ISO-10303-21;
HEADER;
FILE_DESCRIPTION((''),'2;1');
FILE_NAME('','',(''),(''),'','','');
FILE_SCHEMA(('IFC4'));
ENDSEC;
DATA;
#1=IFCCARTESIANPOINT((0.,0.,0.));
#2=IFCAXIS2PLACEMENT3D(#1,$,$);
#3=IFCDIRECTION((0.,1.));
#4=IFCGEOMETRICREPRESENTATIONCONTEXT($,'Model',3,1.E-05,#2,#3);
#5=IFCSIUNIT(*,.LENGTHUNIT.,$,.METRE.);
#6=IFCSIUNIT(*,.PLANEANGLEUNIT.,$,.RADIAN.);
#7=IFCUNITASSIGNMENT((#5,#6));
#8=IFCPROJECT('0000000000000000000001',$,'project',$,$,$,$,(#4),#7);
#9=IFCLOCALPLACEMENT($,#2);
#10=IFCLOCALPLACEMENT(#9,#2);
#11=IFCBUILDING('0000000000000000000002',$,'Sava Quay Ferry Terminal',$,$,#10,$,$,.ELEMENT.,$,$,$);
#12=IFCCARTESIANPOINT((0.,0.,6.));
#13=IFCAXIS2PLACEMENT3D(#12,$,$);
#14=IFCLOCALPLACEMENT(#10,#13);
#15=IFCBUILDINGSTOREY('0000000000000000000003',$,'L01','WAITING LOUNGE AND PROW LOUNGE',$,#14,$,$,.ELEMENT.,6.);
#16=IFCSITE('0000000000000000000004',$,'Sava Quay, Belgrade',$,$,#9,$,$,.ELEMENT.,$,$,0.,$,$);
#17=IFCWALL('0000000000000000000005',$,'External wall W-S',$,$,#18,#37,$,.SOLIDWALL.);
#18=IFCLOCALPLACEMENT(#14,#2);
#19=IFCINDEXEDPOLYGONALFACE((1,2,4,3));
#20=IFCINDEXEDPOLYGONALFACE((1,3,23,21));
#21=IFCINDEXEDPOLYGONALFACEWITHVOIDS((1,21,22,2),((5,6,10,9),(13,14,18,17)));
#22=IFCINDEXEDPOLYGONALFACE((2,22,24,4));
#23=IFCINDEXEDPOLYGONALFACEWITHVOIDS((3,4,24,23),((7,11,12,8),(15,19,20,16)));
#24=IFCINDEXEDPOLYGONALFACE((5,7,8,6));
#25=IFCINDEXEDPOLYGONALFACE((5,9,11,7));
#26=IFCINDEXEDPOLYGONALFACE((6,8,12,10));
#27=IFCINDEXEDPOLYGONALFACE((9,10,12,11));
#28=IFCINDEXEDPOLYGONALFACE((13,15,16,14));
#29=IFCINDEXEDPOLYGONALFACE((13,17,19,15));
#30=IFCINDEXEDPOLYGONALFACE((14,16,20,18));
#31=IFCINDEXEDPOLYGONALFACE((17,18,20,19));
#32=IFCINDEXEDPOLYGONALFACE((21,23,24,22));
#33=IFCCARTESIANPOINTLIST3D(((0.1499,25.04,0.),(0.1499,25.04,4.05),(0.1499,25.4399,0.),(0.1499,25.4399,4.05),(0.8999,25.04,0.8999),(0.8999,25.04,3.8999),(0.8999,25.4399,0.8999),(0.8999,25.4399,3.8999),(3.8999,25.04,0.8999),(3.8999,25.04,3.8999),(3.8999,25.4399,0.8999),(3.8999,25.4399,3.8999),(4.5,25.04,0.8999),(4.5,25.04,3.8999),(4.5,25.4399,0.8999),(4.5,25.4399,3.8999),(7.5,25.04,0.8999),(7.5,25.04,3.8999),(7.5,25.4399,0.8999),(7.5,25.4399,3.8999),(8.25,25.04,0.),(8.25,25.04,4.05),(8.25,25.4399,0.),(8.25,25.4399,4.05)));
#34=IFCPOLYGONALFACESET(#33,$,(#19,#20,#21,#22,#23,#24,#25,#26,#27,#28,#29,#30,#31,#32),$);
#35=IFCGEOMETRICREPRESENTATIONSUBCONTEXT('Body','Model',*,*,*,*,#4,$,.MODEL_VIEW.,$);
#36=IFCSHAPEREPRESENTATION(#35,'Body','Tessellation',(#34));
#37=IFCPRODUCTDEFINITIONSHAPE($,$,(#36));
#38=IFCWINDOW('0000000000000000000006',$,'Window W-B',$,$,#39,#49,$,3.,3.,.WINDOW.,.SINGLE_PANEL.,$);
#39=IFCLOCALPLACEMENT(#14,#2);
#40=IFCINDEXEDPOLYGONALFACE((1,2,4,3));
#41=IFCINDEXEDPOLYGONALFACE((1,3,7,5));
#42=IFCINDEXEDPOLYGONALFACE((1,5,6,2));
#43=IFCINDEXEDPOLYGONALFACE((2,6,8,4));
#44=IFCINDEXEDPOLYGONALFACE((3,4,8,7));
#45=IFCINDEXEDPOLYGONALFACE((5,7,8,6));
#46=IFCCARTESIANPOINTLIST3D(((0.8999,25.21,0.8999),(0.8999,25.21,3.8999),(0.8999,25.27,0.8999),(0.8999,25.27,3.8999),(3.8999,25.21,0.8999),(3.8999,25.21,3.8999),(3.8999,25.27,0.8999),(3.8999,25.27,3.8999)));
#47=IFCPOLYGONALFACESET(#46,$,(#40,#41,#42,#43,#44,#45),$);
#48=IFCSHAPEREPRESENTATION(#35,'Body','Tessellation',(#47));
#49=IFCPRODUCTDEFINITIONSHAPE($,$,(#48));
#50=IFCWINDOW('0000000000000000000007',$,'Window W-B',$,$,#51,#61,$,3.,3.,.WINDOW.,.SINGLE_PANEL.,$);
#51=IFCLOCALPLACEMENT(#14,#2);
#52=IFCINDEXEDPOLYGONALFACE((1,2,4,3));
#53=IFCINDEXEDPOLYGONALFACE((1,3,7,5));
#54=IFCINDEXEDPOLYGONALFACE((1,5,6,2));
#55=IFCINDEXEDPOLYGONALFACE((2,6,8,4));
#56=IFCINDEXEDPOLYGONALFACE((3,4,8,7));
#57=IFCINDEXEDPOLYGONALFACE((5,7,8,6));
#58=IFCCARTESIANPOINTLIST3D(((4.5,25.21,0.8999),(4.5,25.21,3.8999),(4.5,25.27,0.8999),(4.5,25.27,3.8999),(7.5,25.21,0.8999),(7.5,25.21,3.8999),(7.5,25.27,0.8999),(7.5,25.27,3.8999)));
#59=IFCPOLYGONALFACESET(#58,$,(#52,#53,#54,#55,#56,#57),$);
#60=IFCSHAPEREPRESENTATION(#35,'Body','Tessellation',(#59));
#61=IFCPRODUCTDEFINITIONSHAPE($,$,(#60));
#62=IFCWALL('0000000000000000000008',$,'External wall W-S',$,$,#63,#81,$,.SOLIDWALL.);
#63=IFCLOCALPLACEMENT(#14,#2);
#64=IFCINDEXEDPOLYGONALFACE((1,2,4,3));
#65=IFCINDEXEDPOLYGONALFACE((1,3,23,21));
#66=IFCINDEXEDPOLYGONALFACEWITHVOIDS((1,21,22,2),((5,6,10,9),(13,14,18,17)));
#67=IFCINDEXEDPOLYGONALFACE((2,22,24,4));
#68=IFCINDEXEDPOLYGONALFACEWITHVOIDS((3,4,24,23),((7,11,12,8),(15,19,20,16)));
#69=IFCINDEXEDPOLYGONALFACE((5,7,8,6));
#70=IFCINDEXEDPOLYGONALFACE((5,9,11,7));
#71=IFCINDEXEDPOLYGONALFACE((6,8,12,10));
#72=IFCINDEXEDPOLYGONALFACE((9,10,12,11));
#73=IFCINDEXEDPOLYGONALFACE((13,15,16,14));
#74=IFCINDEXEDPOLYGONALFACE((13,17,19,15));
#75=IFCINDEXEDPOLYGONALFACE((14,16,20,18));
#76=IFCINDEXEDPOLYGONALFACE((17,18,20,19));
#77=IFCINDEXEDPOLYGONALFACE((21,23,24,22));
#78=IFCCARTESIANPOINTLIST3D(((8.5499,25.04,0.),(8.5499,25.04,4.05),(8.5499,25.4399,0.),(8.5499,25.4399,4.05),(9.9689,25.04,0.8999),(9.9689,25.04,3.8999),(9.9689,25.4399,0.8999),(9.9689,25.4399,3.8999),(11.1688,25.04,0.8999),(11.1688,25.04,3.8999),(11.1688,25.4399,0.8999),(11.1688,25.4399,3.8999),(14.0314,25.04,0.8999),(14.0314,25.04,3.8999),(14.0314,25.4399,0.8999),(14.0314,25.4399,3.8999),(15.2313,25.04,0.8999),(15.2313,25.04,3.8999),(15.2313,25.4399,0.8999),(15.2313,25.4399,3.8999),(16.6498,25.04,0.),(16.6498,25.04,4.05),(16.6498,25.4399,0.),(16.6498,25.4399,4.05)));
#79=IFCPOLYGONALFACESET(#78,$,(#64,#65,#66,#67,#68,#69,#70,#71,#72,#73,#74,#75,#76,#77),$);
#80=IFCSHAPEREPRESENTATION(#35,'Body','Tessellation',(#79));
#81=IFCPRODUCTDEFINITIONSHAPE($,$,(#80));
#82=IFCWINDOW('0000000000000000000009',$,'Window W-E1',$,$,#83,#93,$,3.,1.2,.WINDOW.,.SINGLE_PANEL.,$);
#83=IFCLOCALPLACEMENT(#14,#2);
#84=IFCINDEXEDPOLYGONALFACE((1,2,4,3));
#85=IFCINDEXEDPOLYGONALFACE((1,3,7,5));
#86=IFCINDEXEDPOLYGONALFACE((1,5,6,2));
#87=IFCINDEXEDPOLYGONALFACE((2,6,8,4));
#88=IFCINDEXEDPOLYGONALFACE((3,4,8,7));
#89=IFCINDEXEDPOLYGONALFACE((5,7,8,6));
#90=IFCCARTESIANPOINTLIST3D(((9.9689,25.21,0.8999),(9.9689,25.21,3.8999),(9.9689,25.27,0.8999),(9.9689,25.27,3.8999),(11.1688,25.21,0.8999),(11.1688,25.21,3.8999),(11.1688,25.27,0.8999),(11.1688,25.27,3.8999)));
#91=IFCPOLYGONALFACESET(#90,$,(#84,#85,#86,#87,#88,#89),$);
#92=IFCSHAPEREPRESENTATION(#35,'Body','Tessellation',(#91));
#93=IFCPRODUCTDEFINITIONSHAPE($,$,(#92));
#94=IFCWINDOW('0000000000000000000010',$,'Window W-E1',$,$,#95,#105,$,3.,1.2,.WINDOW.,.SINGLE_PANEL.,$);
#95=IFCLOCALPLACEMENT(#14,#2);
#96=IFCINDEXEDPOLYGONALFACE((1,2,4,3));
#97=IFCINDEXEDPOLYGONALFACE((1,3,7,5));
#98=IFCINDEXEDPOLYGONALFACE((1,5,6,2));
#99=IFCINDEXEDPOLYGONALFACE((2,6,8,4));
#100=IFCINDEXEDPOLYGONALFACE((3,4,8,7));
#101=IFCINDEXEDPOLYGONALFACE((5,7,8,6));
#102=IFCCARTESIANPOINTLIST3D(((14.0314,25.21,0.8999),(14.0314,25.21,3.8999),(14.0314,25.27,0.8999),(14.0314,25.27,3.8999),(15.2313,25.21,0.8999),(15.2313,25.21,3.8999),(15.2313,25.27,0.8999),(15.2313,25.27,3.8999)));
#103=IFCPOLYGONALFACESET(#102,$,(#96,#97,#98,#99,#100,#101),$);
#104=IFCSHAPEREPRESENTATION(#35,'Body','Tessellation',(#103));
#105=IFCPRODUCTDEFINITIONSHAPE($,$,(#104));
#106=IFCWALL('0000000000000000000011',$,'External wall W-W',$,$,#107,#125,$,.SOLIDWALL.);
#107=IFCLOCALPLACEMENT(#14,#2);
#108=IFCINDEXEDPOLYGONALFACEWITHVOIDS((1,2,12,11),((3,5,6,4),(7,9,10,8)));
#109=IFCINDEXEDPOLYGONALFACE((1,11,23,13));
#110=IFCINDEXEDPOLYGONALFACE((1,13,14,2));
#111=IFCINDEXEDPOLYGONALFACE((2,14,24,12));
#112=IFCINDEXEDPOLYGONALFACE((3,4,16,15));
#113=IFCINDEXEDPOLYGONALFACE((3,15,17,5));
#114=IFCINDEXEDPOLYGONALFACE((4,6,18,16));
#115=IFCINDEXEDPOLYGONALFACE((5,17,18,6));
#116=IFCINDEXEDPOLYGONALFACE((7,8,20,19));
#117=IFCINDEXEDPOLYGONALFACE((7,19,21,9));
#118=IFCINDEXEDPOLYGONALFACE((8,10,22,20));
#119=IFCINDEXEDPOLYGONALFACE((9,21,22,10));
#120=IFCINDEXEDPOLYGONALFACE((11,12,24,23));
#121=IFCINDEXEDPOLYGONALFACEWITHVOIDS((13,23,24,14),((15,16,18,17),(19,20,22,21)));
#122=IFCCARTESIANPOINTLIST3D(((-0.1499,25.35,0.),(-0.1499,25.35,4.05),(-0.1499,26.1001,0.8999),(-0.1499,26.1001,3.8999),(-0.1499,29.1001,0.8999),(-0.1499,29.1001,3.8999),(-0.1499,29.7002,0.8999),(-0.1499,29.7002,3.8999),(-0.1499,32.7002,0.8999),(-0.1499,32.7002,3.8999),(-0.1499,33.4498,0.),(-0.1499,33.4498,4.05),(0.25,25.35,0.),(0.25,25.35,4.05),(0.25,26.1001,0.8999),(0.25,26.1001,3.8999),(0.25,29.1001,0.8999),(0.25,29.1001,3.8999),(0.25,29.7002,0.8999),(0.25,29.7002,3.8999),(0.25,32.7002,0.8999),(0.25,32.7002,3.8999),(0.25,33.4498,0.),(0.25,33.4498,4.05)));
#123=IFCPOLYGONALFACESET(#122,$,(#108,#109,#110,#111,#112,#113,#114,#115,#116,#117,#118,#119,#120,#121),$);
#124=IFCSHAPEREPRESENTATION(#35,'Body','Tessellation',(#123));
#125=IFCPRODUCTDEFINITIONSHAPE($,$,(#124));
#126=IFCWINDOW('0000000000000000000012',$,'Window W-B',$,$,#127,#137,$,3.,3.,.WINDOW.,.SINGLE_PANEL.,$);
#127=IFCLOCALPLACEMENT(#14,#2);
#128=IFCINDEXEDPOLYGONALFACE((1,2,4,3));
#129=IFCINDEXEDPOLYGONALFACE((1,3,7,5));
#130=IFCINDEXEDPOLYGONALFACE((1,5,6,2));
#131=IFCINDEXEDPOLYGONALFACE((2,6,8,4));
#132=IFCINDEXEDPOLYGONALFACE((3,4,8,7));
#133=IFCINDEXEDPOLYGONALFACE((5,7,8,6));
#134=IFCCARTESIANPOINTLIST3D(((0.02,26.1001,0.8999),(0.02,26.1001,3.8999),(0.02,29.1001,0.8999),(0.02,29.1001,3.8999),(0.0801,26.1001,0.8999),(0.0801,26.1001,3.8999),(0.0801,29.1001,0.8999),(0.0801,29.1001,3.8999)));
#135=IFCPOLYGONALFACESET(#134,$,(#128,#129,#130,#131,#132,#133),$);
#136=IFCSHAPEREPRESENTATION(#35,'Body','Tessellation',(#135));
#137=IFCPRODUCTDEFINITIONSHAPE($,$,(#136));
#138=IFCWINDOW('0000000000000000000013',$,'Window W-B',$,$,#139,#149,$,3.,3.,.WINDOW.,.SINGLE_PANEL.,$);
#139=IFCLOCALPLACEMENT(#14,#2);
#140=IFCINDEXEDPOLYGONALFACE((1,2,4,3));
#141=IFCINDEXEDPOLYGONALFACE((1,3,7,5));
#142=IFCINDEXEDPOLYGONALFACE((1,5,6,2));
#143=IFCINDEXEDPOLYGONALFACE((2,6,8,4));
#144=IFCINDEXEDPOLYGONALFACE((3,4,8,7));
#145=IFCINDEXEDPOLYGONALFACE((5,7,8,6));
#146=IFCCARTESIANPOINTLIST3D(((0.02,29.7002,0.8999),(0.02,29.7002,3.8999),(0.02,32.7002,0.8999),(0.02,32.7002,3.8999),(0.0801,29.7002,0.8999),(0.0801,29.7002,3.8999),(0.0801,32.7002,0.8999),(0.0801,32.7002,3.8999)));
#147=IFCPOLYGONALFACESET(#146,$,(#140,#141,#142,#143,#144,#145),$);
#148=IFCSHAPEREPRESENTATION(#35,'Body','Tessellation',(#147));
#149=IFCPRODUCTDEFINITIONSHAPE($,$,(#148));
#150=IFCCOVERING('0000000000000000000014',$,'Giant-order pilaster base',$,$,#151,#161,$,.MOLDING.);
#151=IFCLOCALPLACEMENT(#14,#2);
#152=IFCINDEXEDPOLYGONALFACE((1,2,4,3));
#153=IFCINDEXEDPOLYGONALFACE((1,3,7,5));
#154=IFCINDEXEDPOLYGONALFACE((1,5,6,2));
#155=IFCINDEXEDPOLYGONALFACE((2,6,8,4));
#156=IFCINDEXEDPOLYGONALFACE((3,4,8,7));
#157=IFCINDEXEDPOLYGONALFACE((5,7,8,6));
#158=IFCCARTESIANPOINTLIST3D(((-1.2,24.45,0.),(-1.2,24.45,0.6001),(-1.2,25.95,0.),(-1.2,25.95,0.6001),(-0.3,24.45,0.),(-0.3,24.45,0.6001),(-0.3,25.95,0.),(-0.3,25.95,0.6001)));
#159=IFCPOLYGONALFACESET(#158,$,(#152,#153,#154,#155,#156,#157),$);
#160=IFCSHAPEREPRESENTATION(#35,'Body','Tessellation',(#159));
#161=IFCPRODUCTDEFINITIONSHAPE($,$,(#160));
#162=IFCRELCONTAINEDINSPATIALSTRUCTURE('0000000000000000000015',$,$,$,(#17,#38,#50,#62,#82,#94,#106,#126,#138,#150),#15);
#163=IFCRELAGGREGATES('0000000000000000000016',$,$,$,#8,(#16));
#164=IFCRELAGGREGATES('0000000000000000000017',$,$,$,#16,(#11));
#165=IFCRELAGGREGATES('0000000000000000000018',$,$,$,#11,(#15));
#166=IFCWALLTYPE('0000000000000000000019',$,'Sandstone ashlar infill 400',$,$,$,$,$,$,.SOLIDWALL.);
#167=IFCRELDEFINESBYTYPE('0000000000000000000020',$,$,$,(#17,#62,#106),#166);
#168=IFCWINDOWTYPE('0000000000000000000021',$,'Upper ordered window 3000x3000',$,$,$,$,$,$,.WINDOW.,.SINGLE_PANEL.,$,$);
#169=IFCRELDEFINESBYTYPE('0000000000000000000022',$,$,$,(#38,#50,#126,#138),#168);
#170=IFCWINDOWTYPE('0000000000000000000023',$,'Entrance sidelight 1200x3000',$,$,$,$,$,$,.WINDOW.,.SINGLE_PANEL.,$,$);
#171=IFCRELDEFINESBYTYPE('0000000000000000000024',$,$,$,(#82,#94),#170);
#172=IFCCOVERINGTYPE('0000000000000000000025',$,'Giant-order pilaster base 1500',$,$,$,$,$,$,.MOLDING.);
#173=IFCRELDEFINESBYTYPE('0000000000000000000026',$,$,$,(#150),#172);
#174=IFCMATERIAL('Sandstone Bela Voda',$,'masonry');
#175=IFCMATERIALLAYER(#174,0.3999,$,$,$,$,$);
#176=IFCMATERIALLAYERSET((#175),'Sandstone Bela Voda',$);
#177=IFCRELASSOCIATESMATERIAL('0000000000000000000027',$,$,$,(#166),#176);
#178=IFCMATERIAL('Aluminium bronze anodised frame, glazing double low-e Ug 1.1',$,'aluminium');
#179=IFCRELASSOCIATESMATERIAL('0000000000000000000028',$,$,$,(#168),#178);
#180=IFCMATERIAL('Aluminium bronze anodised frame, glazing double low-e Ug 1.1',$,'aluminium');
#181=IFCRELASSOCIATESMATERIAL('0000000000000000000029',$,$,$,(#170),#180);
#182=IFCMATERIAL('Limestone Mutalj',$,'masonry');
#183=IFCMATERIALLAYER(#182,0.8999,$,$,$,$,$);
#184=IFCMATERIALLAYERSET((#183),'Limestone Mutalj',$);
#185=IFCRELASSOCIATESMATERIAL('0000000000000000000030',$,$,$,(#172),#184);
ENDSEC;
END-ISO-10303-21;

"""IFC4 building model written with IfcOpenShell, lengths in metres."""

from ifc_helpers import new_model, si_unit, direction, frame, frame_2d, origin, origin_2d, place, context, subcontext, project, spatial, rectangle, extrude, material, layer, layer_set, type_object, element, fill, save


model = new_model("IFC4")

# Units and contexts
model_context = context("Model", 3, precision=1e-05, world=origin(), true_north=direction((0.0, 1.0)))
body_context = subcontext(model_context, "Body", "Model", "MODEL_VIEW")
ifc_project = project(units=[si_unit("LENGTHUNIT", "METRE"), si_unit("PLANEANGLEUNIT", "RADIAN")], contexts=[model_context])

# Site, building, storey
site_placement = place(None, origin())
site = spatial("IfcSite", under=ifc_project, at=site_placement, Name="Sava Quay, Belgrade", CompositionType="ELEMENT", RefElevation=0.0)
building_placement = place(site_placement, origin())
building = spatial("IfcBuilding", under=site, at=building_placement, Name="Sava Quay Ferry Terminal", CompositionType="ELEMENT")
storey_placement = place(building_placement, frame((0.0, 0.0, 6.0)))
storey = spatial("IfcBuildingStorey", under=building, at=storey_placement, Name="L01", Description="WAITING LOUNGE AND PROW LOUNGE", CompositionType="ELEMENT", Elevation=6.0)

# Walls, openings, windows
ifc_material_1 = material(Name="Sandstone Bela Voda", Category="masonry")
ifc_layer_1 = layer(ifc_material_1, 0.3999)
ifc_layer_set_1 = layer_set([ifc_layer_1], Name="Sandstone Bela Voda")
wall_type_1 = type_object("IfcWallType", Name="Sandstone ashlar infill 400", PredefinedType="SOLIDWALL", material=ifc_layer_set_1)
wall_1_placement = place(storey_placement, frame((0.1499, 25.24, 0.0), z_axis=(0.0, 0.0, 1.0), x_axis=(1.0, 0.0, 0.0)))
wall_1 = element("IfcWall", 1, at=wall_1_placement, inside=storey, type_object=wall_type_1, Name="External wall W-S", PredefinedType="SOLIDWALL", context=body_context, shape_type="SweptSolid", body=[
    extrude(rectangle(XDim=8.1001, YDim=0.3999, at=frame_2d((4.05, 0.0))), origin(), (0.0, 0.0, 1.0), 4.05),
])
opening_1_placement = place(wall_1_placement, frame((0.75, 0.0, 0.8999)))
opening_1 = element("IfcOpeningElement", 2, at=opening_1_placement, cuts=wall_1, PredefinedType="OPENING", context=body_context, shape_type="SweptSolid", body=[
    extrude(rectangle(XDim=3.0, YDim=3.0, at=frame_2d((1.5, 1.5))), frame((0.0, 0.2, 0.0), z_axis=(0.0, -1.0, 0.0), x_axis=(1.0, 0.0, 0.0)), (0.0, 0.0, 1.0), 0.3999),
])
opening_2_placement = place(wall_1_placement, frame((4.3501, 0.0, 0.8999)))
opening_2 = element("IfcOpeningElement", 3, at=opening_2_placement, cuts=wall_1, PredefinedType="OPENING", context=body_context, shape_type="SweptSolid", body=[
    extrude(rectangle(XDim=3.0, YDim=3.0, at=frame_2d((1.5, 1.5))), frame((0.0, 0.2, 0.0), z_axis=(0.0, -1.0, 0.0), x_axis=(1.0, 0.0, 0.0)), (0.0, 0.0, 1.0), 0.3999),
])
ifc_material_2 = material(Name="Aluminium bronze anodised frame, glazing double low-e Ug 1.1", Category="aluminium")
window_type_1 = type_object("IfcWindowType", Name="Upper ordered window 3000x3000", PartitioningType="SINGLE_PANEL", PredefinedType="WINDOW", material=ifc_material_2)
window_1_placement = place(opening_1_placement, origin())
window_1 = element("IfcWindow", 4, at=window_1_placement, inside=storey, type_object=window_type_1, Name="Window W-B", OverallHeight=3.0, OverallWidth=3.0, PartitioningType="SINGLE_PANEL", PredefinedType="WINDOW", context=body_context, shape_type="SweptSolid", body=[
    extrude(rectangle(XDim=3.0, YDim=3.0, at=frame_2d((1.5, 1.5))), frame((0.0, 0.03, 0.0), z_axis=(0.0, -1.0, 0.0), x_axis=(1.0, 0.0, 0.0)), (0.0, 0.0, 1.0), 0.0601),
])
fill(opening_1, window_1)
window_2_placement = place(opening_2_placement, origin())
window_2 = element("IfcWindow", 5, at=window_2_placement, inside=storey, type_object=window_type_1, Name="Window W-B", OverallHeight=3.0, OverallWidth=3.0, PartitioningType="SINGLE_PANEL", PredefinedType="WINDOW", context=body_context, shape_type="SweptSolid", body=[
    extrude(rectangle(XDim=3.0, YDim=3.0, at=frame_2d((1.5, 1.5))), frame((0.0, 0.03, 0.0), z_axis=(0.0, -1.0, 0.0), x_axis=(1.0, 0.0, 0.0)), (0.0, 0.0, 1.0), 0.0601),
])
fill(opening_2, window_2)
wall_2_placement = place(storey_placement, frame((8.55, 25.24, 0.0), z_axis=(0.0, 0.0, 1.0), x_axis=(1.0, 0.0, 0.0)))
wall_2 = element("IfcWall", 6, at=wall_2_placement, inside=storey, type_object=wall_type_1, Name="External wall W-S", PredefinedType="SOLIDWALL", context=body_context, shape_type="SweptSolid", body=[
    extrude(rectangle(XDim=8.0999, YDim=0.3999, at=frame_2d((4.0498, 0.0))), origin(), (0.0, 0.0, 1.0), 4.05),
])
opening_3_placement = place(wall_2_placement, frame((1.4187, 0.0, 0.8999)))
opening_3 = element("IfcOpeningElement", 7, at=opening_3_placement, cuts=wall_2, PredefinedType="OPENING", context=body_context, shape_type="SweptSolid", body=[
    extrude(rectangle(XDim=1.2, YDim=3.0, at=frame_2d((0.6001, 1.5))), frame((0.0, 0.2, 0.0), z_axis=(0.0, -1.0, 0.0), x_axis=(1.0, 0.0, 0.0)), (0.0, 0.0, 1.0), 0.3999),
])
opening_4_placement = place(wall_2_placement, frame((5.4812, 0.0, 0.8999)))
opening_4 = element("IfcOpeningElement", 8, at=opening_4_placement, cuts=wall_2, PredefinedType="OPENING", context=body_context, shape_type="SweptSolid", body=[
    extrude(rectangle(XDim=1.2, YDim=3.0, at=frame_2d((0.6001, 1.5))), frame((0.0, 0.2, 0.0), z_axis=(0.0, -1.0, 0.0), x_axis=(1.0, 0.0, 0.0)), (0.0, 0.0, 1.0), 0.3999),
])
ifc_material_3 = material(Name="Aluminium bronze anodised frame, glazing double low-e Ug 1.1", Category="aluminium")
window_type_2 = type_object("IfcWindowType", Name="Entrance sidelight 1200x3000", PartitioningType="SINGLE_PANEL", PredefinedType="WINDOW", material=ifc_material_3)
window_3_placement = place(opening_3_placement, origin())
window_3 = element("IfcWindow", 9, at=window_3_placement, inside=storey, type_object=window_type_2, Name="Window W-E1", OverallHeight=3.0, OverallWidth=1.2, PartitioningType="SINGLE_PANEL", PredefinedType="WINDOW", context=body_context, shape_type="SweptSolid", body=[
    extrude(rectangle(XDim=1.2, YDim=3.0, at=frame_2d((0.6001, 1.5))), frame((0.0, 0.03, 0.0), z_axis=(0.0, -1.0, 0.0), x_axis=(1.0, 0.0, 0.0)), (0.0, 0.0, 1.0), 0.0601),
])
fill(opening_3, window_3)
window_4_placement = place(opening_4_placement, origin())
window_4 = element("IfcWindow", 10, at=window_4_placement, inside=storey, type_object=window_type_2, Name="Window W-E1", OverallHeight=3.0, OverallWidth=1.2, PartitioningType="SINGLE_PANEL", PredefinedType="WINDOW", context=body_context, shape_type="SweptSolid", body=[
    extrude(rectangle(XDim=1.2, YDim=3.0, at=frame_2d((0.6001, 1.5))), frame((0.0, 0.03, 0.0), z_axis=(0.0, -1.0, 0.0), x_axis=(1.0, 0.0, 0.0)), (0.0, 0.0, 1.0), 0.0601),
])
fill(opening_4, window_4)
wall_3_placement = place(storey_placement, frame((0.05, 25.3501, 0.0), z_axis=(0.0, 0.0, 1.0), x_axis=(0.0, 1.0, 0.0)))
wall_3 = element("IfcWall", 11, at=wall_3_placement, inside=storey, type_object=wall_type_1, Name="External wall W-W", PredefinedType="SOLIDWALL", context=body_context, shape_type="SweptSolid", body=[
    extrude(rectangle(XDim=8.0999, YDim=0.3999, at=frame_2d((4.0498, 0.0))), origin(), (0.0, 0.0, 1.0), 4.05),
])
opening_5_placement = place(wall_3_placement, frame((0.75, 0.0, 0.8999)))
opening_5 = element("IfcOpeningElement", 12, at=opening_5_placement, cuts=wall_3, PredefinedType="OPENING", context=body_context, shape_type="SweptSolid", body=[
    extrude(rectangle(XDim=3.0, YDim=3.0, at=frame_2d((1.5, 1.5))), frame((0.0, 0.2, 0.0), z_axis=(0.0, -1.0, 0.0), x_axis=(1.0, 0.0, 0.0)), (0.0, 0.0, 1.0), 0.3999),
])
opening_6_placement = place(wall_3_placement, frame((4.3501, 0.0, 0.8999)))
opening_6 = element("IfcOpeningElement", 13, at=opening_6_placement, cuts=wall_3, PredefinedType="OPENING", context=body_context, shape_type="SweptSolid", body=[
    extrude(rectangle(XDim=3.0, YDim=3.0, at=frame_2d((1.5, 1.5))), frame((0.0, 0.2, 0.0), z_axis=(0.0, -1.0, 0.0), x_axis=(1.0, 0.0, 0.0)), (0.0, 0.0, 1.0), 0.3999),
])
window_5_placement = place(opening_5_placement, origin())
window_5 = element("IfcWindow", 14, at=window_5_placement, inside=storey, type_object=window_type_1, Name="Window W-B", OverallHeight=3.0, OverallWidth=3.0, PartitioningType="SINGLE_PANEL", PredefinedType="WINDOW", context=body_context, shape_type="SweptSolid", body=[
    extrude(rectangle(XDim=3.0, YDim=3.0, at=frame_2d((1.5, 1.5))), frame((0.0, 0.03, 0.0), z_axis=(0.0, -1.0, 0.0), x_axis=(1.0, 0.0, 0.0)), (0.0, 0.0, 1.0), 0.0601),
])
fill(opening_5, window_5)
window_6_placement = place(opening_6_placement, origin())
window_6 = element("IfcWindow", 15, at=window_6_placement, inside=storey, type_object=window_type_1, Name="Window W-B", OverallHeight=3.0, OverallWidth=3.0, PartitioningType="SINGLE_PANEL", PredefinedType="WINDOW", context=body_context, shape_type="SweptSolid", body=[
    extrude(rectangle(XDim=3.0, YDim=3.0, at=frame_2d((1.5, 1.5))), frame((0.0, 0.03, 0.0), z_axis=(0.0, -1.0, 0.0), x_axis=(1.0, 0.0, 0.0)), (0.0, 0.0, 1.0), 0.0601),
])
fill(opening_6, window_6)

# Covering
ifc_material_4 = material(Name="Limestone Mutalj", Category="masonry")
ifc_layer_2 = layer(ifc_material_4, 0.8999)
ifc_layer_set_2 = layer_set([ifc_layer_2], Name="Limestone Mutalj")
covering_type_1 = type_object("IfcCoveringType", Name="Giant-order pilaster base 1500", PredefinedType="MOLDING", material=ifc_layer_set_2)
covering_1_placement = place(storey_placement, frame((-0.75, 25.2, 0.0), z_axis=(0.0, 0.0, 1.0), x_axis=(1.0, 0.0, 0.0)))
element("IfcCovering", 16, at=covering_1_placement, inside=storey, type_object=covering_type_1, Name="Giant-order pilaster base", PredefinedType="MOLDING", context=body_context, shape_type="SweptSolid", body=[
    extrude(rectangle(XDim=0.8999, YDim=1.5, at=origin_2d()), origin(), (0.0, 0.0, 1.0), 0.6001),
])

save(model, "model.ifc")
